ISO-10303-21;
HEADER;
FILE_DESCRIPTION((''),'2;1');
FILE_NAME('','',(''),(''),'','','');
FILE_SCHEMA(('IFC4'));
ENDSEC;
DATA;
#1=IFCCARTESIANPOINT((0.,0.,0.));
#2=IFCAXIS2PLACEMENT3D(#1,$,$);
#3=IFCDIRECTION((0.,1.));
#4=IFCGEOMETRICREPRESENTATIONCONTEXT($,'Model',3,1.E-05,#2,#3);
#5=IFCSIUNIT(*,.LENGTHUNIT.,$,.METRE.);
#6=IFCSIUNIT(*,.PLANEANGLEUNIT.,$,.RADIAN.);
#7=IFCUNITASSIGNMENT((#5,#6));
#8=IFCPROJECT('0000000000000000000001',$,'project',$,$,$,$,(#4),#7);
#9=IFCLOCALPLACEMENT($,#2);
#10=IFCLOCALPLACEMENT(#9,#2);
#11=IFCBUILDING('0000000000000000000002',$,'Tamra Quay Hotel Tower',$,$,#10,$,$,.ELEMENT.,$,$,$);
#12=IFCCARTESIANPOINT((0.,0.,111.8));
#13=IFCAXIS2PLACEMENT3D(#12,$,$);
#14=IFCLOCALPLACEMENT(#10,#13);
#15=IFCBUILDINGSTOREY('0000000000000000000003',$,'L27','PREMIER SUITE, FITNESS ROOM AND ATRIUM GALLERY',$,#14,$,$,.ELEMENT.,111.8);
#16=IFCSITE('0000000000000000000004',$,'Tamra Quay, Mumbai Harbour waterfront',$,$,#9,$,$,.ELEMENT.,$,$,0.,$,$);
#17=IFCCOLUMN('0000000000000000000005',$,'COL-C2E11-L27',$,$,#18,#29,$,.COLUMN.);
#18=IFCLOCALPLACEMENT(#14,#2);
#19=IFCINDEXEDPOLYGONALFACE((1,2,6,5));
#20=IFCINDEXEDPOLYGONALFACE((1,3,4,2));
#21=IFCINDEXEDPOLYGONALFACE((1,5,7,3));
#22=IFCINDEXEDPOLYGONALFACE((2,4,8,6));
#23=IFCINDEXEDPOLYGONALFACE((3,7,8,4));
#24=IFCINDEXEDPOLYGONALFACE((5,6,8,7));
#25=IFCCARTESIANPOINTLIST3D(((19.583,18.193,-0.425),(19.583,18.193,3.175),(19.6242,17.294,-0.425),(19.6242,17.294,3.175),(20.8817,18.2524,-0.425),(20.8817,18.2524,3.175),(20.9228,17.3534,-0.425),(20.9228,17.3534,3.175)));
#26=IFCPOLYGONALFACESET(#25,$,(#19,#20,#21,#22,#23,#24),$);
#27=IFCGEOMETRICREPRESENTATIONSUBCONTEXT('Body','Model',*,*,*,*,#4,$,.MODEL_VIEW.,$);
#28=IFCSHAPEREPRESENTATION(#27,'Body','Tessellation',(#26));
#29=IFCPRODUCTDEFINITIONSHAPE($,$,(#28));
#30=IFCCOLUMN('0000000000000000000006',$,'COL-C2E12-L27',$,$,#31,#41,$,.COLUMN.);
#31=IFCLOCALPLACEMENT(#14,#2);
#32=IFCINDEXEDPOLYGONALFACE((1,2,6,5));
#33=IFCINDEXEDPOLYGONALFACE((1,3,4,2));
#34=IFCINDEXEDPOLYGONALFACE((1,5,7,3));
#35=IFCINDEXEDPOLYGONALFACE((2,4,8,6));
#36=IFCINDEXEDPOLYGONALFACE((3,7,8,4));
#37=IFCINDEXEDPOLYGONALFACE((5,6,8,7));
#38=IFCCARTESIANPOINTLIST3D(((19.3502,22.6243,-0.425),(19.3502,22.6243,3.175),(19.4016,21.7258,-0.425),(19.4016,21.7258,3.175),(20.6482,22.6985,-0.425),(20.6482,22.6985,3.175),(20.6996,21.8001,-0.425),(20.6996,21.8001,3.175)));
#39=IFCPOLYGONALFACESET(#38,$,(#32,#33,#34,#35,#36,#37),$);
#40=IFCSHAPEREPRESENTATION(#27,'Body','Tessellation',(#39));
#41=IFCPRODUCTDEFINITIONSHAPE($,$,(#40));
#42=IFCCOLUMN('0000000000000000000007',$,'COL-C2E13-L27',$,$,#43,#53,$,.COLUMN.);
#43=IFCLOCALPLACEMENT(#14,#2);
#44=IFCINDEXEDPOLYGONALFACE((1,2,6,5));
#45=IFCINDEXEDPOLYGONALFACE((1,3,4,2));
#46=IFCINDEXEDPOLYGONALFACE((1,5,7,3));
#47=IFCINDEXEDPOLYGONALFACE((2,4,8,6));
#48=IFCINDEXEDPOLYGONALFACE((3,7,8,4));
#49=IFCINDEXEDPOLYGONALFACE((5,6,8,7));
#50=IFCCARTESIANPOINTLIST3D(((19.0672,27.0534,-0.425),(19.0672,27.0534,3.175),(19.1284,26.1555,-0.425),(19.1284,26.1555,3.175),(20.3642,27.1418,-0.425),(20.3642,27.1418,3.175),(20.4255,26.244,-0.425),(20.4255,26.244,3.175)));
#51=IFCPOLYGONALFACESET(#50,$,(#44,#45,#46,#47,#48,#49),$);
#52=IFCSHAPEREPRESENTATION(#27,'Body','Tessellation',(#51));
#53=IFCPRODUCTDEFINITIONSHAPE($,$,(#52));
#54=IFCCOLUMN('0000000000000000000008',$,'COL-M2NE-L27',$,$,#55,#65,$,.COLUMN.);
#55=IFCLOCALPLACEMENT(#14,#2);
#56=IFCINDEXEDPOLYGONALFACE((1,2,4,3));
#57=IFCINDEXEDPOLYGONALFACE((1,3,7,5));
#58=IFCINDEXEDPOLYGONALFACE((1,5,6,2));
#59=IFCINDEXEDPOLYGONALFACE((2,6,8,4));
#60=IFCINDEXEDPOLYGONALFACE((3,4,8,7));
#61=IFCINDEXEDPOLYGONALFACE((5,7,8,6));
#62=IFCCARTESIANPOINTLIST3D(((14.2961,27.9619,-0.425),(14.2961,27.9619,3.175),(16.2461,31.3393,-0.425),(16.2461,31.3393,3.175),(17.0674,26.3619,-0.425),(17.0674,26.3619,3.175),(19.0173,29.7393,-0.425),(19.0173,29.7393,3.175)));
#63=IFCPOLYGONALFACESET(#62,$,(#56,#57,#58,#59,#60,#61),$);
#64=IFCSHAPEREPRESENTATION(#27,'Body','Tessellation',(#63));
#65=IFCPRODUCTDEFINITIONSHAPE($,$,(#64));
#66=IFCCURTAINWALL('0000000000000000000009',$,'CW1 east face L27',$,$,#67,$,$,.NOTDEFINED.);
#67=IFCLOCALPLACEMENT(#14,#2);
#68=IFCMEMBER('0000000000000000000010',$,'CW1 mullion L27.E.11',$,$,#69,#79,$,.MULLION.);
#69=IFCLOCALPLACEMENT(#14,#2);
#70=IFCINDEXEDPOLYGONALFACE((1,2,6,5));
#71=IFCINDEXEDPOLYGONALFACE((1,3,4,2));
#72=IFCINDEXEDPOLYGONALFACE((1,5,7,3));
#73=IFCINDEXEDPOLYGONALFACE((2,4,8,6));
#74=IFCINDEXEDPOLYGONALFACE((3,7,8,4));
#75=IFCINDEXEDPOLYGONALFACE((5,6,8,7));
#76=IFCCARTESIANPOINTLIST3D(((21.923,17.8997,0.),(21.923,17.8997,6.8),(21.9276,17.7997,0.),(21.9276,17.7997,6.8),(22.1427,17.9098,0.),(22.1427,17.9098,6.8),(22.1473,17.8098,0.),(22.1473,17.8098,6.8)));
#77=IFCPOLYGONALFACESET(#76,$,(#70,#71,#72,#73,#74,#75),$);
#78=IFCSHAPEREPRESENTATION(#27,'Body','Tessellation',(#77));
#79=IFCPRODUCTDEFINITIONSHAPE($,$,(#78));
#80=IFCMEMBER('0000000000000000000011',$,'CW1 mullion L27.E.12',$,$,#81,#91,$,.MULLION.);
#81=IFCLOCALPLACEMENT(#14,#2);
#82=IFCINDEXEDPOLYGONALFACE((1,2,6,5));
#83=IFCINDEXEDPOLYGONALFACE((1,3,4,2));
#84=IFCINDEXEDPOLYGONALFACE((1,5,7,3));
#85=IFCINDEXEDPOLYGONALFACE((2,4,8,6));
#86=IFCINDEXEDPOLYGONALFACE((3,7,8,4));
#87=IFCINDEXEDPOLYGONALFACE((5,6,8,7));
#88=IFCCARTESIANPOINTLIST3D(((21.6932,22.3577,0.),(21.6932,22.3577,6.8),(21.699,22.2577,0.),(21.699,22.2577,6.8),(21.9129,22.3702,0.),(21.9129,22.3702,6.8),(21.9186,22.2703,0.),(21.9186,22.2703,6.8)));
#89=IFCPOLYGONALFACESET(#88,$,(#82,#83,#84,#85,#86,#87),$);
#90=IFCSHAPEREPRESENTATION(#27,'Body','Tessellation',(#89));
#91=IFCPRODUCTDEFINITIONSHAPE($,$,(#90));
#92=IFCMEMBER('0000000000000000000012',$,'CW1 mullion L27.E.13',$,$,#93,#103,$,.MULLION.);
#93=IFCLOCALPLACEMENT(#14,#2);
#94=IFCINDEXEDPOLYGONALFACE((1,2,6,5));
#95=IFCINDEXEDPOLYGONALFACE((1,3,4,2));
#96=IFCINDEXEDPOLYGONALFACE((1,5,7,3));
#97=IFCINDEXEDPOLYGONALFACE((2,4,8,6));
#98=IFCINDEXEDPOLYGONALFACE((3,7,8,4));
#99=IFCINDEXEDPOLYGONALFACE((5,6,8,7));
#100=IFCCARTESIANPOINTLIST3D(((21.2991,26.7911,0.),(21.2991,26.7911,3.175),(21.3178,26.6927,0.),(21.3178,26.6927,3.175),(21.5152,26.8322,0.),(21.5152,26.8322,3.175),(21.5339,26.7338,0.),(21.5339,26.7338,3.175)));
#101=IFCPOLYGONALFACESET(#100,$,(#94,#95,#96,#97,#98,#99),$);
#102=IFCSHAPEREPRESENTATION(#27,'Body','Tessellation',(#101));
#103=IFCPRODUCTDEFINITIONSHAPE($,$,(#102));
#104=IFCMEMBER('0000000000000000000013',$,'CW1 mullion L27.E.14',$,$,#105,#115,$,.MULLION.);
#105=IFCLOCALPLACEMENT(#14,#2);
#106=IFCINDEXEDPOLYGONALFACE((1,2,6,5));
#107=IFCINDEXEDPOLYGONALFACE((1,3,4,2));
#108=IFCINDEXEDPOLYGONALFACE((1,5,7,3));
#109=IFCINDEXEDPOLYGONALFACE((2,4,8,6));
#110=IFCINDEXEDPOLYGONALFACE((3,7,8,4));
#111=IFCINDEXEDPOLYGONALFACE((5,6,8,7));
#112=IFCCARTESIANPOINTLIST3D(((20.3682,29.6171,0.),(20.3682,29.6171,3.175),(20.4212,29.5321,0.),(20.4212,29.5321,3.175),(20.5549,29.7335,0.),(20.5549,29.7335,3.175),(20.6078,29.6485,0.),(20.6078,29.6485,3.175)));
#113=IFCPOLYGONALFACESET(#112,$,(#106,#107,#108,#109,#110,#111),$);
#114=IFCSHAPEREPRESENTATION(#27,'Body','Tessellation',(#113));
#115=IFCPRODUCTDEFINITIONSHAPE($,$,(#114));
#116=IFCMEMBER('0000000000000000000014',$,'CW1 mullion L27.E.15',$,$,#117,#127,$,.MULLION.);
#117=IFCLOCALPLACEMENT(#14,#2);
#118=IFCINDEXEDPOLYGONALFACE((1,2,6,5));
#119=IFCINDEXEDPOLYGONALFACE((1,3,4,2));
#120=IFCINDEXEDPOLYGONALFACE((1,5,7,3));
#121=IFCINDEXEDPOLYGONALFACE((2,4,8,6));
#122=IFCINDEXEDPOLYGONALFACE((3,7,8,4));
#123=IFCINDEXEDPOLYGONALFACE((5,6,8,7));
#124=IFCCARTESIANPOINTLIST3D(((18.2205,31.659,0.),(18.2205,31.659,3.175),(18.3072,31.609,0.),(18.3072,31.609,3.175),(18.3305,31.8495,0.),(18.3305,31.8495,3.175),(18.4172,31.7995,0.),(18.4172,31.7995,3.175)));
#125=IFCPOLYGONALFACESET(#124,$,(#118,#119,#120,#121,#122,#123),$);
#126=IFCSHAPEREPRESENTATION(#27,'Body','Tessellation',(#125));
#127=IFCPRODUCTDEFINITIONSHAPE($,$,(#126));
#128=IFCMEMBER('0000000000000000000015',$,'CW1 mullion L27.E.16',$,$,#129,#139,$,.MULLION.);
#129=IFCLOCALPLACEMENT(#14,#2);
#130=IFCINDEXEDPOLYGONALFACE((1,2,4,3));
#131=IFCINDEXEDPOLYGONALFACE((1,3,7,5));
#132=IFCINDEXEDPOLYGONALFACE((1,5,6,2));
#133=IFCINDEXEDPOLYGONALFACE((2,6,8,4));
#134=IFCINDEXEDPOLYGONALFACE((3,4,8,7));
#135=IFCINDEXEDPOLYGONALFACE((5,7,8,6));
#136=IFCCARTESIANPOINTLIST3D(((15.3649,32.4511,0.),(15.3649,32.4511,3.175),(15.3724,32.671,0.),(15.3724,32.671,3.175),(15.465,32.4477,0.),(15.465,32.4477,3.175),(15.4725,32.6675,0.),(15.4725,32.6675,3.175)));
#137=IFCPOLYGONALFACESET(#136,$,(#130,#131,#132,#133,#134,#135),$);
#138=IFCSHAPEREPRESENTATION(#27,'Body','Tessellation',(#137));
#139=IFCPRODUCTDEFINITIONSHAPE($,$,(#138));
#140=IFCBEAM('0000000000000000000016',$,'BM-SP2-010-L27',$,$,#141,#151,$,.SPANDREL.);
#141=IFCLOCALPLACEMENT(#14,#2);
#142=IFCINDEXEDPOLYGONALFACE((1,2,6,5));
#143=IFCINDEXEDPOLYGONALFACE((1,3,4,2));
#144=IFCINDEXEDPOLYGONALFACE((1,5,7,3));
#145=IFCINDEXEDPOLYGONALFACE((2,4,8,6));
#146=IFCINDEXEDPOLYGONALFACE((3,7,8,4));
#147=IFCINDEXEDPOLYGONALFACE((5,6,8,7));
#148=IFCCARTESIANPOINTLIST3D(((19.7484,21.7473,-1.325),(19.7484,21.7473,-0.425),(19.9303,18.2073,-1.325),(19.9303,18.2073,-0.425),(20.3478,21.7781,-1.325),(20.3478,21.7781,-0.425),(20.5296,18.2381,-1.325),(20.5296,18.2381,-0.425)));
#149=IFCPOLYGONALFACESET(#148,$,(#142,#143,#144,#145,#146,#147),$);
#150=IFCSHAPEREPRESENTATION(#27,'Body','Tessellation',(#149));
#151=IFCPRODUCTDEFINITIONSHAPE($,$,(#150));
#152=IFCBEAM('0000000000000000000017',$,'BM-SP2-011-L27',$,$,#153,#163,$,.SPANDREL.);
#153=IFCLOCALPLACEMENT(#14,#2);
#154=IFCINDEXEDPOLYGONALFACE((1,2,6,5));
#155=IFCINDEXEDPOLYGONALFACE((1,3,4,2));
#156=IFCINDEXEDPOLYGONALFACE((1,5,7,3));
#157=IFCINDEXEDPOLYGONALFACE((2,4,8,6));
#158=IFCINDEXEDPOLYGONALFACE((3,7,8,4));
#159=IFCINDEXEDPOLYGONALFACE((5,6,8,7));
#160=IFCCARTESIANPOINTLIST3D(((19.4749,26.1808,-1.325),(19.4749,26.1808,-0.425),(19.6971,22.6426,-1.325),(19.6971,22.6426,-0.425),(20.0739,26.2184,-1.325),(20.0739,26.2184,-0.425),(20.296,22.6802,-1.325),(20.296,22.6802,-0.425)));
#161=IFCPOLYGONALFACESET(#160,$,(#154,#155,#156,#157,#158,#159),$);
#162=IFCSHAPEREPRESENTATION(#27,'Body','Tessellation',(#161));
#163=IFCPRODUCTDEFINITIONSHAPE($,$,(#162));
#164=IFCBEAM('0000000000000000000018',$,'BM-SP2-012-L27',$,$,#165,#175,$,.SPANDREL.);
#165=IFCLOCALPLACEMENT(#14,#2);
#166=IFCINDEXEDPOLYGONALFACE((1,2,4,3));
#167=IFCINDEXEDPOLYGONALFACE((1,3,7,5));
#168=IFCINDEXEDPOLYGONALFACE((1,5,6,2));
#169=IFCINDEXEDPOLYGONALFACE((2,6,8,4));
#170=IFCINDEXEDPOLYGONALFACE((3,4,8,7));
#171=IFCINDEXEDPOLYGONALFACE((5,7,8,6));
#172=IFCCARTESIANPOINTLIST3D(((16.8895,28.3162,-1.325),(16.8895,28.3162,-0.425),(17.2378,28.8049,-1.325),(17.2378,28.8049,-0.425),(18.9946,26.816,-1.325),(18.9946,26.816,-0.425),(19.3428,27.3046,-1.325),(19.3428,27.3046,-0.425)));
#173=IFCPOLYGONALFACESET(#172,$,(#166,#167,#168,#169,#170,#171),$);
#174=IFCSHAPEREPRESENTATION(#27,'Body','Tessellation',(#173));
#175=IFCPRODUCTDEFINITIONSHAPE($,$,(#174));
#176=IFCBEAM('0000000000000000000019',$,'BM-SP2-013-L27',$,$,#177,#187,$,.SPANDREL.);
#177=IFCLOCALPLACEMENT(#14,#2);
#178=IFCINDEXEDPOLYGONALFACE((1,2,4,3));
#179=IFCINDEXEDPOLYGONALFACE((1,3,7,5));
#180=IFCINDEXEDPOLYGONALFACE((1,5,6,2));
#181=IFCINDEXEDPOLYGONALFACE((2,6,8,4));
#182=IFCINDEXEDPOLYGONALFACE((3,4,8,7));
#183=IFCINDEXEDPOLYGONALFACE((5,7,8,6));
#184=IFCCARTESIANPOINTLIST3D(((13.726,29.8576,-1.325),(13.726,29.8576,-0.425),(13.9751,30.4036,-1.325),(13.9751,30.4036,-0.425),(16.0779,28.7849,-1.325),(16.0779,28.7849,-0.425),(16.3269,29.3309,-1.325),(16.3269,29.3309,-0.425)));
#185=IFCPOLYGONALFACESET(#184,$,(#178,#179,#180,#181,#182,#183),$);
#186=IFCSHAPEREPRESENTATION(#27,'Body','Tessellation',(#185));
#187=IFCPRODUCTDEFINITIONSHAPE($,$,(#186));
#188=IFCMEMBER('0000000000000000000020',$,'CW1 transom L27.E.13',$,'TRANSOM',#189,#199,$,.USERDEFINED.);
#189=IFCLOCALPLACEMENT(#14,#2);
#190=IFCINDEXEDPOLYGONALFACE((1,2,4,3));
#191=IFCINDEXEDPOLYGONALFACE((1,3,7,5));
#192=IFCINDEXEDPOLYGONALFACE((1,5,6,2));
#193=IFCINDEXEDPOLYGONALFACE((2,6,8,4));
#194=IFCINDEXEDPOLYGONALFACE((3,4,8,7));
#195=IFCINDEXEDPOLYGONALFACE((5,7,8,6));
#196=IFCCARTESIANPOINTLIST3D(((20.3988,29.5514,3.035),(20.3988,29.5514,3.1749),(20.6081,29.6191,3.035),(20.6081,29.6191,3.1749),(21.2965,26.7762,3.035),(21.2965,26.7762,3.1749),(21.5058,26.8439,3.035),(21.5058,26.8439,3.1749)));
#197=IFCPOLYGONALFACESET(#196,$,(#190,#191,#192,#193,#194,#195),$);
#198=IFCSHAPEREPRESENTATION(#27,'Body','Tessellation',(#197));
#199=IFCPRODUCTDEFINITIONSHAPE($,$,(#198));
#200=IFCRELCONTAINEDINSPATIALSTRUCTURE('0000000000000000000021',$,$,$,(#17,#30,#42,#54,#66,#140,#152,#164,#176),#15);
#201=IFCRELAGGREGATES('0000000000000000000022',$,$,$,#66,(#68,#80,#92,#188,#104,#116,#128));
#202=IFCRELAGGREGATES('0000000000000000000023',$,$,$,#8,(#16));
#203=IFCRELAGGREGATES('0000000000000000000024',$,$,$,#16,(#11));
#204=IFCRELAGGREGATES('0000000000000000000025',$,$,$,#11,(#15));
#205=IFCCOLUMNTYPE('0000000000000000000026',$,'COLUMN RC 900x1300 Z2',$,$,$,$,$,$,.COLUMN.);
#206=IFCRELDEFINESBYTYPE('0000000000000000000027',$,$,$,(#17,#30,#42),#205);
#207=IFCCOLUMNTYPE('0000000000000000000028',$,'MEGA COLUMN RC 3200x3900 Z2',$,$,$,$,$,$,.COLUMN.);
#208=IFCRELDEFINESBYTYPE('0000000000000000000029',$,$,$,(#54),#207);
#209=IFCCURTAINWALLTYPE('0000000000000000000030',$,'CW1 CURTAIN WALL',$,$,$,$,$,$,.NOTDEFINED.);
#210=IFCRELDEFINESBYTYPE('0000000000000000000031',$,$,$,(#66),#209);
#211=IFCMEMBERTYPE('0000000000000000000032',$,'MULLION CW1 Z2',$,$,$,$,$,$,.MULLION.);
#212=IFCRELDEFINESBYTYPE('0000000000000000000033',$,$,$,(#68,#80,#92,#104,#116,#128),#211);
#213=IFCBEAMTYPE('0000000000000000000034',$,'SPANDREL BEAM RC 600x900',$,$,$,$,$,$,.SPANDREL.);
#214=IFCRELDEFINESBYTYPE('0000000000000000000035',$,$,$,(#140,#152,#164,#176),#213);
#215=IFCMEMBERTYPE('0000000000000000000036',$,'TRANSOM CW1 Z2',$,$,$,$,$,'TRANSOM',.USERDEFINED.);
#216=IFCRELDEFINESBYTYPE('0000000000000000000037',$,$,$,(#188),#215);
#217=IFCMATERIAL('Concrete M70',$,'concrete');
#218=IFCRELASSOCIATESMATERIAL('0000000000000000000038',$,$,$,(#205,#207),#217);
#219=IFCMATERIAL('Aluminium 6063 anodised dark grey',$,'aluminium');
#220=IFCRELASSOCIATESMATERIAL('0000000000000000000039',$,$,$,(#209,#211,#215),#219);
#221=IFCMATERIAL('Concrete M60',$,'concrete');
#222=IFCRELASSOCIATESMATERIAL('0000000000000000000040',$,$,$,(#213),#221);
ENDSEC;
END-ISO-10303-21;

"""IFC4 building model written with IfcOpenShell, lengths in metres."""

from ifc_helpers import new_model, si_unit, direction, frame, origin, origin_2d, place, context, subcontext, project, spatial, rectangle, extrude, material, material_profile, profile_set, type_object, element, aggregate, save


model = new_model("IFC4")

# Units and contexts
model_context = context("Model", 3, precision=1e-05, world=origin(), true_north=direction((0.0, 1.0)))
body_context = subcontext(model_context, "Body", "Model", "MODEL_VIEW")
ifc_project = project(units=[si_unit("LENGTHUNIT", "METRE"), si_unit("PLANEANGLEUNIT", "RADIAN")], contexts=[model_context])

# Site, building, storey
site_placement = place(None, origin())
site = spatial("IfcSite", under=ifc_project, at=site_placement, Name="Tamra Quay, Mumbai Harbour waterfront", CompositionType="ELEMENT", RefElevation=0.0)
building_placement = place(site_placement, origin())
building = spatial("IfcBuilding", under=site, at=building_placement, Name="Tamra Quay Hotel Tower", CompositionType="ELEMENT")
storey_placement = place(building_placement, frame((0.0, 0.0, 111.8)))
storey = spatial("IfcBuildingStorey", under=building, at=storey_placement, Name="L27", Description="PREMIER SUITE, FITNESS ROOM AND ATRIUM GALLERY", CompositionType="ELEMENT", Elevation=111.8)

# Columns
ifc_material_1 = material(Name="Concrete M70", Category="concrete")
ifc_material_profile_1 = material_profile(ifc_material_1, rectangle(XDim=1.3, YDim=0.8999, at=origin_2d()), Name="COLUMN RC 900x1300 Z2")
ifc_profile_set_1 = profile_set([ifc_material_profile_1], Name="Concrete M70")
column_type_1 = type_object("IfcColumnType", Name="COLUMN RC 900x1300 Z2", PredefinedType="COLUMN", material=ifc_profile_set_1)
for number, where, z_axis, x_axis, name in (
    (1, (20.2529, 17.7732, -0.425), (0.0, 0.0, 1.0), (0.998955, 0.045712, 0.0), "COL-C2E11-L27"),
    (2, (20.0249, 22.2122, -0.425), (0.0, 0.0, 1.0), (0.998368, 0.057108, 0.0), "COL-C2E12-L27"),
    (3, (19.7463, 26.6487, -0.425), (0.0, 0.0, 1.0), (0.997682, 0.068041, 0.0), "COL-C2E13-L27"),
):
    element("IfcColumn", number, at=place(storey_placement, frame(where, z_axis=z_axis, x_axis=x_axis)), inside=storey, type_object=column_type_1, Name=name, PredefinedType="COLUMN", context=body_context, shape_type="SweptSolid", body=[
        extrude(rectangle(XDim=1.3, YDim=0.8999, at=origin_2d()), origin(), (0.0, 0.0, 1.0), 3.6001),
    ])
ifc_material_profile_2 = material_profile(ifc_material_1, rectangle(XDim=3.8999, YDim=3.2, at=origin_2d()), Name="MEGA COLUMN RC 3200x3900 Z2")
ifc_profile_set_2 = profile_set([ifc_material_profile_2], Name="Concrete M70")
column_type_2 = type_object("IfcColumnType", Name="MEGA COLUMN RC 3200x3900 Z2", PredefinedType="COLUMN", material=ifc_profile_set_2)
column_placement = place(storey_placement, frame((16.6567, 28.8506, -0.425), z_axis=(0.0, 0.0, 1.0), x_axis=(0.5, 0.866025, 0.0)))
element("IfcColumn", 4, at=column_placement, inside=storey, type_object=column_type_2, Name="COL-M2NE-L27", PredefinedType="COLUMN", context=body_context, shape_type="SweptSolid", body=[
    extrude(rectangle(XDim=3.8999, YDim=3.2, at=origin_2d()), origin(), (0.0, 0.0, 1.0), 3.6001),
])

# Curtain wall, members
ifc_material_2 = material(Name="Aluminium 6063 anodised dark grey", Category="aluminium")
curtain_wall_type = type_object("IfcCurtainWallType", Name="CW1 CURTAIN WALL", PredefinedType="NOTDEFINED", material=ifc_material_2)
curtain_wall_placement = place(storey_placement, origin())
curtain_wall = element("IfcCurtainWall", 5, at=curtain_wall_placement, inside=storey, type_object=curtain_wall_type, Name="CW1 east face L27", PredefinedType="NOTDEFINED")
ifc_material_profile_3 = material_profile(ifc_material_2, rectangle(XDim=0.22, YDim=0.1001, at=origin_2d()), Name="MULLION 100X220")
ifc_profile_set_3 = profile_set([ifc_material_profile_3], Name="Aluminium 6063 anodised dark grey")
member_type_1 = type_object("IfcMemberType", Name="MULLION CW1 Z2", PredefinedType="MULLION", material=ifc_profile_set_3)
member_1_placement = place(storey_placement, frame((22.0352, 17.8547, 0.0), z_axis=(0.0, 0.0, 1.0), x_axis=(0.998958, 0.045633, 0.0)))
member_1 = element("IfcMember", 6, at=member_1_placement, type_object=member_type_1, Name="CW1 mullion L27.E.11", PredefinedType="MULLION", context=body_context, shape_type="SweptSolid", body=[
    extrude(rectangle(XDim=0.22, YDim=0.1001, at=origin_2d()), origin(), (0.0, 0.0, 1.0), 6.8),
])
member_2_placement = place(storey_placement, frame((21.8059, 22.314, 0.0), z_axis=(0.0, 0.0, 1.0), x_axis=(0.998374, 0.056996, 0.0)))
member_2 = element("IfcMember", 7, at=member_2_placement, type_object=member_type_1, Name="CW1 mullion L27.E.12", PredefinedType="MULLION", context=body_context, shape_type="SweptSolid", body=[
    extrude(rectangle(XDim=0.22, YDim=0.1001, at=origin_2d()), origin(), (0.0, 0.0, 1.0), 6.8),
])
member_3_placement = place(storey_placement, frame((21.4165, 26.7625, 0.0), z_axis=(0.0, 0.0, 1.0), x_axis=(0.982419, 0.186689, 0.0)))
member_3 = element("IfcMember", 8, at=member_3_placement, type_object=member_type_1, Name="CW1 mullion L27.E.13", PredefinedType="MULLION", context=body_context, shape_type="SweptSolid", body=[
    extrude(rectangle(XDim=0.22, YDim=0.1001, at=origin_2d()), origin(), (0.0, 0.0, 1.0), 3.175),
])
member_4_placement = place(storey_placement, frame((20.488, 29.6328, 0.0), z_axis=(0.0, 0.0, 1.0), x_axis=(0.848503, 0.52919, 0.0)))
member_4 = element("IfcMember", 9, at=member_4_placement, type_object=member_type_1, Name="CW1 mullion L27.E.14", PredefinedType="MULLION", context=body_context, shape_type="SweptSolid", body=[
    extrude(rectangle(XDim=0.22, YDim=0.1001, at=origin_2d()), origin(), (0.0, 0.0, 1.0), 3.175),
])
member_5_placement = place(storey_placement, frame((18.3188, 31.7292, 0.0), z_axis=(0.0, 0.0, 1.0), x_axis=(0.5, 0.866025, 0.0)))
member_5 = element("IfcMember", 10, at=member_5_placement, type_object=member_type_1, Name="CW1 mullion L27.E.15", PredefinedType="MULLION", context=body_context, shape_type="SweptSolid", body=[
    extrude(rectangle(XDim=0.22, YDim=0.1001, at=origin_2d()), origin(), (0.0, 0.0, 1.0), 3.175),
])
member_6_placement = place(storey_placement, frame((15.4187, 32.5593, 0.0), z_axis=(0.0, 0.0, 1.0), x_axis=(0.034041, 0.99942, 0.0)))
member_6 = element("IfcMember", 11, at=member_6_placement, type_object=member_type_1, Name="CW1 mullion L27.E.16", PredefinedType="MULLION", context=body_context, shape_type="SweptSolid", body=[
    extrude(rectangle(XDim=0.22, YDim=0.1001, at=origin_2d()), origin(), (0.0, 0.0, 1.0), 3.175),
])

# Beams
ifc_material_3 = material(Name="Concrete M60", Category="concrete")
ifc_material_profile_4 = material_profile(ifc_material_3, rectangle(XDim=0.6001, YDim=0.8999, at=origin_2d()), Name="SPANDREL BEAM RC 600x900")
ifc_profile_set_4 = profile_set([ifc_material_profile_4], Name="Concrete M60")
beam_type = type_object("IfcBeamType", Name="SPANDREL BEAM RC 600x900", PredefinedType="SPANDREL", material=ifc_profile_set_4)
beam_1_placement = place(storey_placement, frame((20.23, 18.2227, -0.875), z_axis=(-0.051312, 0.998683, 0.0), x_axis=(-0.998683, -0.051312, 0.0)))
element("IfcBeam", 12, at=beam_1_placement, inside=storey, type_object=beam_type, Name="BM-SP2-010-L27", PredefinedType="SPANDREL", context=body_context, shape_type="SweptSolid", body=[
    extrude(rectangle(XDim=0.6001, YDim=0.8999, at=origin_2d()), origin(), (0.0, 0.0, 1.0), 3.5447),
])
beam_2_placement = place(storey_placement, frame((19.9966, 22.6614, -0.875), z_axis=(-0.06267, 0.998034, 0.0), x_axis=(-0.998034, -0.06267, 0.0)))
element("IfcBeam", 13, at=beam_2_placement, inside=storey, type_object=beam_type, Name="BM-SP2-011-L27", PredefinedType="SPANDREL", context=body_context, shape_type="SweptSolid", body=[
    extrude(rectangle(XDim=0.6001, YDim=0.8999, at=origin_2d()), origin(), (0.0, 0.0, 1.0), 3.5452),
])
for number, where, z_axis, x_axis, name in (
    (14, (19.1687, 27.0603, -0.875), (-0.814339, 0.580389, 0.0), (-0.580389, -0.814339, 0.0), "BM-SP2-012-L27"),
    (15, (16.2024, 29.0579, -0.875), (-0.909819, 0.415005, 0.0), (-0.415005, -0.909819, 0.0), "BM-SP2-013-L27"),
):
    element("IfcBeam", number, at=place(storey_placement, frame(where, z_axis=z_axis, x_axis=x_axis)), inside=storey, type_object=beam_type, Name=name, PredefinedType="SPANDREL", context=body_context, shape_type="SweptSolid", body=[
        extrude(rectangle(XDim=0.6001, YDim=0.8999, at=origin_2d()), origin(), (0.0, 0.0, 1.0), 2.585),
    ])

# Member
ifc_material_profile_5 = material_profile(ifc_material_2, rectangle(XDim=0.22, YDim=0.1399, at=origin_2d()), Name="TRANSOM 220X140")
ifc_profile_set_5 = profile_set([ifc_material_profile_5], Name="Aluminium 6063 anodised dark grey")
member_type_2 = type_object("IfcMemberType", Name="TRANSOM CW1 Z2", ElementType="TRANSOM", PredefinedType="USERDEFINED", material=ifc_profile_set_5)
member_7_placement = place(storey_placement, frame((21.4011, 26.8101, 3.105), z_axis=(-0.307778, 0.951458, 0.0), x_axis=(-0.951458, -0.307778, 0.0)))
member_7 = element("IfcMember", 16, at=member_7_placement, type_object=member_type_2, Name="CW1 transom L27.E.13", ObjectType="TRANSOM", PredefinedType="USERDEFINED", context=body_context, shape_type="SweptSolid", body=[
    extrude(rectangle(XDim=0.22, YDim=0.1399, at=origin_2d()), origin(), (0.0, 0.0, 1.0), 2.9167),
])

aggregate(curtain_wall, [member_1, member_2, member_3, member_7, member_4, member_5, member_6])

save(model, "model.ifc")
